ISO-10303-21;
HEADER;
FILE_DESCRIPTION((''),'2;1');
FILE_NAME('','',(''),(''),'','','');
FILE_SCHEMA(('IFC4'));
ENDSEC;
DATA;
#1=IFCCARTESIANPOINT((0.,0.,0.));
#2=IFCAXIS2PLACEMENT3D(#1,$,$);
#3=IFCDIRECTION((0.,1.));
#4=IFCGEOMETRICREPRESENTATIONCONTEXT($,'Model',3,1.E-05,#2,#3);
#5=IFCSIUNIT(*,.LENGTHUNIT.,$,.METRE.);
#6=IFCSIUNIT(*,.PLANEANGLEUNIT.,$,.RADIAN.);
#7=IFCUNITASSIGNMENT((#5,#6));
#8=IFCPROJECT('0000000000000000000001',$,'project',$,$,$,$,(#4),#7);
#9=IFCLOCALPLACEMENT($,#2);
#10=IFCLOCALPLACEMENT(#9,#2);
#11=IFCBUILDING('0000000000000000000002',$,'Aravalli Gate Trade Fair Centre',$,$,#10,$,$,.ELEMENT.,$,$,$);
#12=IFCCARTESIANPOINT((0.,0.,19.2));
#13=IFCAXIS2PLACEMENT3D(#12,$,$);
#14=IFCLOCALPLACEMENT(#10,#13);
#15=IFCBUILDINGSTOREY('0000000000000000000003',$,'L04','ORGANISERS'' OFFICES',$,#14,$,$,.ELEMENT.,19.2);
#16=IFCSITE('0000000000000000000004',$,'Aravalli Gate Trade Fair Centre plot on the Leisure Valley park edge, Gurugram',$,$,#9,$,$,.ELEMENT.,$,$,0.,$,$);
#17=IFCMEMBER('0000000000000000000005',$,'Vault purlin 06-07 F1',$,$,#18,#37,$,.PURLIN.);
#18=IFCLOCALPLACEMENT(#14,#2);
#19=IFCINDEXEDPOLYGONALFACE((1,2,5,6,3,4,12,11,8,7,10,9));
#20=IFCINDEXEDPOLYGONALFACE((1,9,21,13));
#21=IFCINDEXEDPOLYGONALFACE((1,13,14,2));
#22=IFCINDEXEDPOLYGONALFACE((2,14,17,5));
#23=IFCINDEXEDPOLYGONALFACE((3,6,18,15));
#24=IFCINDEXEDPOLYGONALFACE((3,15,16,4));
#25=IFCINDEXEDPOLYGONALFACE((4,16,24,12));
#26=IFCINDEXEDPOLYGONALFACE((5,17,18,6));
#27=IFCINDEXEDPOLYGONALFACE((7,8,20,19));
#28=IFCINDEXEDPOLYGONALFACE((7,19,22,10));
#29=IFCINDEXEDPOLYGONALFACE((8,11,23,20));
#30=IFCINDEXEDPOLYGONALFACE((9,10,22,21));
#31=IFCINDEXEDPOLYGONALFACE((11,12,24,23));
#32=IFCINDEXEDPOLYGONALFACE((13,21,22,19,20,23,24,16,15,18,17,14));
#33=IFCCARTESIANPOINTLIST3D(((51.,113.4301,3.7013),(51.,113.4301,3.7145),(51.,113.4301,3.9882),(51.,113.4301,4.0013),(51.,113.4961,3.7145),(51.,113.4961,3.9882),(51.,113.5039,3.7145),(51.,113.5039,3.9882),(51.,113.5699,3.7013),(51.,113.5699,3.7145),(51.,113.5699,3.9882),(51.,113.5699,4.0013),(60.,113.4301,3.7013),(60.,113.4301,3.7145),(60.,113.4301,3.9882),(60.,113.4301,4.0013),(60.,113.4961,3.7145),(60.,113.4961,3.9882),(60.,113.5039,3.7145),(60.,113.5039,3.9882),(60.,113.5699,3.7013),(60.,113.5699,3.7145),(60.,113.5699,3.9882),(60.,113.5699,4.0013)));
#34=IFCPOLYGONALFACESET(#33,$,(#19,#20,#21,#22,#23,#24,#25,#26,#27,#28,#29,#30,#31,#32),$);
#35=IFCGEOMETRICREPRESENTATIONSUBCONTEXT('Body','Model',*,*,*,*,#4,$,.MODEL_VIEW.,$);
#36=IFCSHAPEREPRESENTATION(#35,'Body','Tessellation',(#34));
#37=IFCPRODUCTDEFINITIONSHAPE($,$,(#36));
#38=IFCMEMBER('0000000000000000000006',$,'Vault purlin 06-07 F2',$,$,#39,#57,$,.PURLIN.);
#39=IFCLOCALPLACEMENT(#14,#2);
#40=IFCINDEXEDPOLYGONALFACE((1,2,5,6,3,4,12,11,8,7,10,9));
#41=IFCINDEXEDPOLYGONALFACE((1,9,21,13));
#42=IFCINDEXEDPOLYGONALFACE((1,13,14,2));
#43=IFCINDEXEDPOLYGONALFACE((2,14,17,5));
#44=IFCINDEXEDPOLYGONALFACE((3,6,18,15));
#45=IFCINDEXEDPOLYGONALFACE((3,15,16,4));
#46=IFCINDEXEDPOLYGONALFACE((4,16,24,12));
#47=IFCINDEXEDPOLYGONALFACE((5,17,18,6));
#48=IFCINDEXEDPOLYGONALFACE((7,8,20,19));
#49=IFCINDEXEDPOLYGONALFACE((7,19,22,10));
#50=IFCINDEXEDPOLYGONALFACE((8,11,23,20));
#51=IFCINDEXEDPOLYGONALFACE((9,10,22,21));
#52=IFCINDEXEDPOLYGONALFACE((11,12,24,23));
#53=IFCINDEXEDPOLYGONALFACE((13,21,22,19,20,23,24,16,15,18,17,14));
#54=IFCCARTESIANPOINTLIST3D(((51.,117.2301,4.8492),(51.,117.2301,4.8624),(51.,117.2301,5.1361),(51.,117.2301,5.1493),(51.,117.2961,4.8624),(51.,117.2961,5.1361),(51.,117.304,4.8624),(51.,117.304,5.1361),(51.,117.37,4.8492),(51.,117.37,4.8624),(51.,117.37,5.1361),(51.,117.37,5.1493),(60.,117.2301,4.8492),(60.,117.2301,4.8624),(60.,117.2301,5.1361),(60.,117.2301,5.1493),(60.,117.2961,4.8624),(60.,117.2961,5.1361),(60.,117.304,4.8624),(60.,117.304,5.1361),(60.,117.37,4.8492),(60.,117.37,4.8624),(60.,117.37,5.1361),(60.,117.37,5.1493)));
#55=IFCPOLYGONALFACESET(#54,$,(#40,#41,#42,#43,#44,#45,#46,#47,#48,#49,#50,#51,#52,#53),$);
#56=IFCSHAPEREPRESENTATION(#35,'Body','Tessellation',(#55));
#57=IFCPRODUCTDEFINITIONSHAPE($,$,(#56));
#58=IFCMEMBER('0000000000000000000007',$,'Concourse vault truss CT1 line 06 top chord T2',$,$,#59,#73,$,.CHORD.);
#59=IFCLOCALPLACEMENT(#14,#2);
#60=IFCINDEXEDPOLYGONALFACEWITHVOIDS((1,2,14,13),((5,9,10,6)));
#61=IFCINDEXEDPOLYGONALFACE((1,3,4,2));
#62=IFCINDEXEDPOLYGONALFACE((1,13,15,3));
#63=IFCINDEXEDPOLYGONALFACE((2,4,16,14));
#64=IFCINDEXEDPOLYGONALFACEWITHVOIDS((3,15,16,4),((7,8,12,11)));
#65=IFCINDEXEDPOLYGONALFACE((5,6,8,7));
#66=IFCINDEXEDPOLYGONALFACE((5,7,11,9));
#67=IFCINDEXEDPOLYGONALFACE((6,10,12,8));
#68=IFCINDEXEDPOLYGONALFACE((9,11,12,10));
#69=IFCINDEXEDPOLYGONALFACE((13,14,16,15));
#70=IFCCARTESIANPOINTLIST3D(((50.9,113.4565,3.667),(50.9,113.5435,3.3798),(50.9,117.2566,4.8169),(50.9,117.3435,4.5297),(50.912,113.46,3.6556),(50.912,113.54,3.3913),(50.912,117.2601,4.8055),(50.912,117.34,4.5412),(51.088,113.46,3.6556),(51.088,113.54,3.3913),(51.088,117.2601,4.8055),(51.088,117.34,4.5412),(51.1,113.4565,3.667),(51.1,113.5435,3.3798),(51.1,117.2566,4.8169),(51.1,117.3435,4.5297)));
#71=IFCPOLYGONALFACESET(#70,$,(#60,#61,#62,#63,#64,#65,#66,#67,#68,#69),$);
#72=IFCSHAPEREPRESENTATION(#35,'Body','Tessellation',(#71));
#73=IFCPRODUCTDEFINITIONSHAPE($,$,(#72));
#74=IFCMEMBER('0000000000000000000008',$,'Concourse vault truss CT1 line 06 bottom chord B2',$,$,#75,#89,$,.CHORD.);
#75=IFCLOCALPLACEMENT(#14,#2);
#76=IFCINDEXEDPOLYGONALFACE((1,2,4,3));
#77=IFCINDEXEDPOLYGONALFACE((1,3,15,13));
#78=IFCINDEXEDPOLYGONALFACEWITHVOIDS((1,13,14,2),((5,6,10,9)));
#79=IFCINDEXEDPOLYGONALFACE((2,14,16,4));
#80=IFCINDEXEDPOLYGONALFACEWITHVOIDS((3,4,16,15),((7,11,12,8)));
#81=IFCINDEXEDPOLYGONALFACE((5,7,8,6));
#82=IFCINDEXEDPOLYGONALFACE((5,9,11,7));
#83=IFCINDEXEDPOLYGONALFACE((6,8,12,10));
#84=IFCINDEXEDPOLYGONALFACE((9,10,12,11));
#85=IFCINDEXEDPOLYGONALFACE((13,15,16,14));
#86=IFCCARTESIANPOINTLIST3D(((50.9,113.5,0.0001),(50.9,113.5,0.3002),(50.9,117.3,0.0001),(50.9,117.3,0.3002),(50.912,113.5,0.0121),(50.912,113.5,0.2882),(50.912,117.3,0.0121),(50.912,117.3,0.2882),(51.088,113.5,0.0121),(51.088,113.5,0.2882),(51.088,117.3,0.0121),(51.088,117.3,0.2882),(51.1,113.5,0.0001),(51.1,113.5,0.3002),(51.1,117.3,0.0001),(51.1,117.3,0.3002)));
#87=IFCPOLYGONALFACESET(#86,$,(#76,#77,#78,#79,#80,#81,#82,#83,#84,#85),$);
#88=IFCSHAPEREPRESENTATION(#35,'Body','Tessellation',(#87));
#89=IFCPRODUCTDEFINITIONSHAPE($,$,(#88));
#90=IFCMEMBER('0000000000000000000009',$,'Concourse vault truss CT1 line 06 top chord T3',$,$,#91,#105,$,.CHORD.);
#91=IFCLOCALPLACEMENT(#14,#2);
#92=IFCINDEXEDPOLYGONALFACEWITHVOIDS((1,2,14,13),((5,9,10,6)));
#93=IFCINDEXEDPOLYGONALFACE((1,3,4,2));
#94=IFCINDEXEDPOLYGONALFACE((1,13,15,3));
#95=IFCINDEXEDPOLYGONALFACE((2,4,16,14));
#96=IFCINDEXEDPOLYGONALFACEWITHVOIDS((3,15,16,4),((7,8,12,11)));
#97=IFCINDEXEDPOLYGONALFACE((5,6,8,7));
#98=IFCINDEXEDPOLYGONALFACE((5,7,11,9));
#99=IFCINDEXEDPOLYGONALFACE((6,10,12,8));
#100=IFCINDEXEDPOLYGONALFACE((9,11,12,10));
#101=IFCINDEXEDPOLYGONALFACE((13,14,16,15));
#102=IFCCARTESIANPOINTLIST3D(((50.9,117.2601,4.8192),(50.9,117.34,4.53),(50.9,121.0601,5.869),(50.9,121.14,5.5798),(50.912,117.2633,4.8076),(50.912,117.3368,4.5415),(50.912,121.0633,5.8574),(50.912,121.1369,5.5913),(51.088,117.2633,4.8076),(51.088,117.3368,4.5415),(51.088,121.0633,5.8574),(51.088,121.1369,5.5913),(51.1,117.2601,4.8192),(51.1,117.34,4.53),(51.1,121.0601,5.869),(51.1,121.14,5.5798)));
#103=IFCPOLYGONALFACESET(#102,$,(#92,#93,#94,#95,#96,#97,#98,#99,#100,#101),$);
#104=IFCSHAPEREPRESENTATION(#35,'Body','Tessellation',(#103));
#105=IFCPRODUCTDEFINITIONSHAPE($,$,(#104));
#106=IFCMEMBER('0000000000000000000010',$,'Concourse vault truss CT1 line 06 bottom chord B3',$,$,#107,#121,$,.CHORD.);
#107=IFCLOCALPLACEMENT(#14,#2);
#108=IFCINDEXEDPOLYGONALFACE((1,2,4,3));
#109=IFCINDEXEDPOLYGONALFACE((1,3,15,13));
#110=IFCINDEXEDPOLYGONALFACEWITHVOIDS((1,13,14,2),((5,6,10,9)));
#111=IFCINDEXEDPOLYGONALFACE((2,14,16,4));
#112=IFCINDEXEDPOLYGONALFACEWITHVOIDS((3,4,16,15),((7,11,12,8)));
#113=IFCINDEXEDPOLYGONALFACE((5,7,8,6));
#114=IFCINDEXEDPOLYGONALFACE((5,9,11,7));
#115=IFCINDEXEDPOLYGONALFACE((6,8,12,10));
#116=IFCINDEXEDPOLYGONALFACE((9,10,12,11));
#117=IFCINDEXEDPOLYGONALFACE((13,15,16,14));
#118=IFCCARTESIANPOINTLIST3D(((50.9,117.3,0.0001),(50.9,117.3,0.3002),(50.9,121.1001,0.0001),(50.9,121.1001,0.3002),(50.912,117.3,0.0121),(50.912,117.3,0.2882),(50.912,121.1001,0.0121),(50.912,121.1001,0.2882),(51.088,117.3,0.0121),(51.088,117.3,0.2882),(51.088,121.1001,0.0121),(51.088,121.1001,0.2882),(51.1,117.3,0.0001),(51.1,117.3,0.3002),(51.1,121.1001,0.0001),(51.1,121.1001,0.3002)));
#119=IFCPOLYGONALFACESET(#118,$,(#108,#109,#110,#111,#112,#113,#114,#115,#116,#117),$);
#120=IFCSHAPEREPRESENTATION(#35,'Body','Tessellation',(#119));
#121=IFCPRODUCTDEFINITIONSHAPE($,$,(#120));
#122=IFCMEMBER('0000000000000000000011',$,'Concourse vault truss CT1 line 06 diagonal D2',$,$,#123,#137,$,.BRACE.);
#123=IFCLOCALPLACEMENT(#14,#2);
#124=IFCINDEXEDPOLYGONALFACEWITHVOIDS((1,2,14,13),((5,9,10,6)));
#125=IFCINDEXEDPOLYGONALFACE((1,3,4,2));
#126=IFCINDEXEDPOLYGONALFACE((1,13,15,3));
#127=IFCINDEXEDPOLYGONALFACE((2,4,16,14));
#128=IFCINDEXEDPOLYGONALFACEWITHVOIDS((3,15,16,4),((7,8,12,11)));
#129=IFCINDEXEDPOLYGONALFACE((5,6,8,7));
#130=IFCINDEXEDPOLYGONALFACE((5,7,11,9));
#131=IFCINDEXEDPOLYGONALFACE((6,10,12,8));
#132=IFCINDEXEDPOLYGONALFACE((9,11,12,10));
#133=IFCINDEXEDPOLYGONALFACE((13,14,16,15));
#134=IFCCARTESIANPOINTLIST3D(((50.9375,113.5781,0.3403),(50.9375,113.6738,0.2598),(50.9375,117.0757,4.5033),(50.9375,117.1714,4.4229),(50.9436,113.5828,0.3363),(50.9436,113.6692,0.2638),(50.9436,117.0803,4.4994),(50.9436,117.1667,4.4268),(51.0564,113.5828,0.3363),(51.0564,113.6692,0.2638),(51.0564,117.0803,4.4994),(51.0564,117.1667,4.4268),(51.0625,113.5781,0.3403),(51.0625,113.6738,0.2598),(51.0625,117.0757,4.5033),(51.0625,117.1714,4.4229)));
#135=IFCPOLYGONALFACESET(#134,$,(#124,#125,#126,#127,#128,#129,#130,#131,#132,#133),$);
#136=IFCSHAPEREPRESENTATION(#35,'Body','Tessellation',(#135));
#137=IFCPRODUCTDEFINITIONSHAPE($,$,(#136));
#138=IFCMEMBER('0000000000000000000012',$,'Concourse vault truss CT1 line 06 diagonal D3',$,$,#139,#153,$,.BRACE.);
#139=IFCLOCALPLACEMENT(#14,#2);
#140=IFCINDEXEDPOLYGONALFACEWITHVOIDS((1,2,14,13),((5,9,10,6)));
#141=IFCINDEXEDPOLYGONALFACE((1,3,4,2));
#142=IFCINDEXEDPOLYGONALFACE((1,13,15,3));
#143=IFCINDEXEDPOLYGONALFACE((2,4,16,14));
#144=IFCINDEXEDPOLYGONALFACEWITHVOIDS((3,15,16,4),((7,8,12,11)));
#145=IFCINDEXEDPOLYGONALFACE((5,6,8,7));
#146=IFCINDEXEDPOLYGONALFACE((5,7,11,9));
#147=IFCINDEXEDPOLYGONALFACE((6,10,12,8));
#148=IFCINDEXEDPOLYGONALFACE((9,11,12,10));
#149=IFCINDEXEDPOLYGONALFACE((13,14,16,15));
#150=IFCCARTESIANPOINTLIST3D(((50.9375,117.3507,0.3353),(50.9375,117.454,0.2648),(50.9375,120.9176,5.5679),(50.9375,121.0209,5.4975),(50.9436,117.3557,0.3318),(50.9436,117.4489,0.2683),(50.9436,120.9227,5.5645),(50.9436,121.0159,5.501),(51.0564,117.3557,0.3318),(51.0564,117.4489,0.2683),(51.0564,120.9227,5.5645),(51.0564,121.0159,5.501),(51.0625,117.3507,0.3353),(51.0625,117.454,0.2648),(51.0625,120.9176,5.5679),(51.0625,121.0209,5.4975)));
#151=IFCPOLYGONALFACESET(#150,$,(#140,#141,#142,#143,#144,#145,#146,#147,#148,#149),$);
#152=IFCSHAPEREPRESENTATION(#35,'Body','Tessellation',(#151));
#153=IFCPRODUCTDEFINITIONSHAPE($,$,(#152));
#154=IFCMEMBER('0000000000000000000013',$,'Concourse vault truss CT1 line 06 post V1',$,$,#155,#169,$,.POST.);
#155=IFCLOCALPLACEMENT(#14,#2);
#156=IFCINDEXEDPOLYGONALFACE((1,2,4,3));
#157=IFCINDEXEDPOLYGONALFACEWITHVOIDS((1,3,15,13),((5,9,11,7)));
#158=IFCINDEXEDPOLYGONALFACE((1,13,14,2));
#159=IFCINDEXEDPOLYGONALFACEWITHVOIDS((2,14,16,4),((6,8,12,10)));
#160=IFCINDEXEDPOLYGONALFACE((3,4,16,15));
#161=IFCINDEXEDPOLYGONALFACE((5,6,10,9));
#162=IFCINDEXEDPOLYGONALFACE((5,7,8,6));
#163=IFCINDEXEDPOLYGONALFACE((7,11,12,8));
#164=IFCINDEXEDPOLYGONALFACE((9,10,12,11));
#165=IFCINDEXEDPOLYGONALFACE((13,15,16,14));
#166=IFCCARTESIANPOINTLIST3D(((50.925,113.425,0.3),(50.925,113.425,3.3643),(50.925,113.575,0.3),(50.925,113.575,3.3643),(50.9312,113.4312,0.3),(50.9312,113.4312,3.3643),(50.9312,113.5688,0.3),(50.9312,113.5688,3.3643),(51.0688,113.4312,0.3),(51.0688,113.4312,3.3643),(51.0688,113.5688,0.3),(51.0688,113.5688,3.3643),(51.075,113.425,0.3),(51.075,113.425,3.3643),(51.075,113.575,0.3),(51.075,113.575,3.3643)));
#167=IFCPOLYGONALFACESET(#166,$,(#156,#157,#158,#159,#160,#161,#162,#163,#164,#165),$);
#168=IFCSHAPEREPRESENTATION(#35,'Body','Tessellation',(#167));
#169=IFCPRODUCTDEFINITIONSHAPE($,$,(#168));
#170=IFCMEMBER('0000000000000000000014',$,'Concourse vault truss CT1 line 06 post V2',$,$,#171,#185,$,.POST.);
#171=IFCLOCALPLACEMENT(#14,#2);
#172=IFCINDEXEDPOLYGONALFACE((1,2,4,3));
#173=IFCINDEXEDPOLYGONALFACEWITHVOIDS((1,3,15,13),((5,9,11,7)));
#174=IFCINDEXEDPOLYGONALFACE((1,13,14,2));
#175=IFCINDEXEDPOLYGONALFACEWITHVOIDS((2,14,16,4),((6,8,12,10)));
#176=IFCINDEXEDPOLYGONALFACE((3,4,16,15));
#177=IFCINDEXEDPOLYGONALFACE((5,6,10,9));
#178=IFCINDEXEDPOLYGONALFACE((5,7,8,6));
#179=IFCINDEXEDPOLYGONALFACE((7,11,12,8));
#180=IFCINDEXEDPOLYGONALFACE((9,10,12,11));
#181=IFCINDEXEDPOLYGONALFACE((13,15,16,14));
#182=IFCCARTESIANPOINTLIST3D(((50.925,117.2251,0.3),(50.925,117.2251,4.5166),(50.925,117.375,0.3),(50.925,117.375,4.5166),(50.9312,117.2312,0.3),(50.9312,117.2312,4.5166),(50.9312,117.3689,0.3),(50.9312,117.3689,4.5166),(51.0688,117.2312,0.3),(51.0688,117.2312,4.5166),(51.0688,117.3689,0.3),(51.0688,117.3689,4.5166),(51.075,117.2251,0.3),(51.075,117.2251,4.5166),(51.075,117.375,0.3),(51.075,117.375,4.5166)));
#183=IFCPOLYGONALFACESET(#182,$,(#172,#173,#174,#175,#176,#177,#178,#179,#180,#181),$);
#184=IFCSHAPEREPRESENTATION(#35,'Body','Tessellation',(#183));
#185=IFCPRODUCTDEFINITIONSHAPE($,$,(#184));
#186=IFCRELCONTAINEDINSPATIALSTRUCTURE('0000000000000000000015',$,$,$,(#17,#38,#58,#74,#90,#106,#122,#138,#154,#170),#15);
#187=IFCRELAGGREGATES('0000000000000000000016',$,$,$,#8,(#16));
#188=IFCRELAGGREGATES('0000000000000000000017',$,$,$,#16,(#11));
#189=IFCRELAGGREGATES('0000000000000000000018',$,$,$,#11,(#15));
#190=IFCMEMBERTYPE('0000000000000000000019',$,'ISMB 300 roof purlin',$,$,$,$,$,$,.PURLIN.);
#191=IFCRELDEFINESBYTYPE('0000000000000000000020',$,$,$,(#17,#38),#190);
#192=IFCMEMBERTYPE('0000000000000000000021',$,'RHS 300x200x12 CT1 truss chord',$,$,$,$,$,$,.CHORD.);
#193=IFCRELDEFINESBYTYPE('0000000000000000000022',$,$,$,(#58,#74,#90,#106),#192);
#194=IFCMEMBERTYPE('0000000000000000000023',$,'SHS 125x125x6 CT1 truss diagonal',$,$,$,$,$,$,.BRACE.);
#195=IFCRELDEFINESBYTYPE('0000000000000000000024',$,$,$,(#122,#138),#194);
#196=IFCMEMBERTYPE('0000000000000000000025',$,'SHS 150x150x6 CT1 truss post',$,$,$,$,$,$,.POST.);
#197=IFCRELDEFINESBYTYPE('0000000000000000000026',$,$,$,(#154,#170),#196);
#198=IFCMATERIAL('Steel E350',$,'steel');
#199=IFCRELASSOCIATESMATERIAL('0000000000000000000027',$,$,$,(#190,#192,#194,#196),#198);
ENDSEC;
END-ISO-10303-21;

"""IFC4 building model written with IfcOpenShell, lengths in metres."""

from ifc_helpers import new_model, si_unit, direction, frame, origin, origin_2d, place, context, subcontext, project, spatial, hollow_rectangle, i_section, extrude, material, material_profile, profile_set, type_object, element, save


model = new_model("IFC4")

# Units and contexts
model_context = context("Model", 3, precision=1e-05, world=origin(), true_north=direction((0.0, 1.0)))
body_context = subcontext(model_context, "Body", "Model", "MODEL_VIEW")
ifc_project = project(units=[si_unit("LENGTHUNIT", "METRE"), si_unit("PLANEANGLEUNIT", "RADIAN")], contexts=[model_context])

# Site, building, storey
site_placement = place(None, origin())
site = spatial("IfcSite", under=ifc_project, at=site_placement, Name="Aravalli Gate Trade Fair Centre plot on the Leisure Valley park edge, Gurugram", CompositionType="ELEMENT", RefElevation=0.0)
building_placement = place(site_placement, origin())
building = spatial("IfcBuilding", under=site, at=building_placement, Name="Aravalli Gate Trade Fair Centre", CompositionType="ELEMENT")
storey_placement = place(building_placement, frame((0.0, 0.0, 19.2)))
storey = spatial("IfcBuildingStorey", under=building, at=storey_placement, Name="L04", Description="ORGANISERS' OFFICES", CompositionType="ELEMENT", Elevation=19.2)

# Members
ifc_material_1 = material(Name="Steel E350", Category="steel")
ifc_material_profile_1 = material_profile(ifc_material_1, i_section(OverallWidth=0.1399, OverallDepth=0.3, WebThickness=0.0078, FlangeThickness=0.0132, at=origin_2d()), Name="ISMB 300")
ifc_profile_set_1 = profile_set([ifc_material_profile_1], Name="Steel E350")
member_type_1 = type_object("IfcMemberType", Name="ISMB 300 roof purlin", PredefinedType="PURLIN", material=ifc_profile_set_1)
for number, where, z_axis, x_axis, name in (
    (1, (51.0, 113.5, 3.8513), (1.0, 0.0, 0.0), (0.0, 1.0, 0.0), "Vault purlin 06-07 F1"),
    (2, (51.0, 117.3, 4.9993), (1.0, 0.0, 0.0), (0.0, 1.0, 0.0), "Vault purlin 06-07 F2"),
):
    element("IfcMember", number, at=place(storey_placement, frame(where, z_axis=z_axis, x_axis=x_axis)), inside=storey, type_object=member_type_1, Name=name, PredefinedType="PURLIN", context=body_context, shape_type="SweptSolid", body=[
        extrude(i_section(OverallWidth=0.1399, OverallDepth=0.3, WebThickness=0.0078, FlangeThickness=0.0132, at=origin_2d()), origin(), (0.0, 0.0, 1.0), 9.0),
    ])
ifc_material_profile_2 = material_profile(ifc_material_1, hollow_rectangle(XDim=0.2, YDim=0.3, WallThickness=0.012, at=origin_2d()), Name="RHS 300x200x12")
ifc_profile_set_2 = profile_set([ifc_material_profile_2], Name="Steel E350")
member_type_2 = type_object("IfcMemberType", Name="RHS 300x200x12 CT1 truss chord", PredefinedType="CHORD", material=ifc_profile_set_2)
member_1_placement = place(storey_placement, frame((51.0, 113.5, 3.5234), z_axis=(0.0, 0.957138, 0.289632), x_axis=(-1.0, 0.0, 0.0)))
element("IfcMember", 3, at=member_1_placement, inside=storey, type_object=member_type_2, Name="Concourse vault truss CT1 line 06 top chord T2", PredefinedType="CHORD", context=body_context, shape_type="SweptSolid", body=[
    extrude(hollow_rectangle(XDim=0.2, YDim=0.3, WallThickness=0.012, at=origin_2d()), origin(), (0.0, 0.0, 1.0), 3.9702),
])
member_2_placement = place(storey_placement, frame((51.0, 113.5, 0.1501), z_axis=(0.0, 1.0, 0.0), x_axis=(-1.0, 0.0, 0.0)))
element("IfcMember", 4, at=member_2_placement, inside=storey, type_object=member_type_2, Name="Concourse vault truss CT1 line 06 bottom chord B2", PredefinedType="CHORD", context=body_context, shape_type="SweptSolid", body=[
    extrude(hollow_rectangle(XDim=0.2, YDim=0.3, WallThickness=0.012, at=origin_2d()), origin(), (0.0, 0.0, 1.0), 3.8),
])
member_3_placement = place(storey_placement, frame((51.0, 117.3, 4.6746), z_axis=(0.0, 0.963894, 0.266286), x_axis=(-1.0, 0.0, 0.0)))
element("IfcMember", 5, at=member_3_placement, inside=storey, type_object=member_type_2, Name="Concourse vault truss CT1 line 06 top chord T3", PredefinedType="CHORD", context=body_context, shape_type="SweptSolid", body=[
    extrude(hollow_rectangle(XDim=0.2, YDim=0.3, WallThickness=0.012, at=origin_2d()), origin(), (0.0, 0.0, 1.0), 3.9424),
])
member_4_placement = place(storey_placement, frame((51.0, 117.3, 0.1501), z_axis=(0.0, 1.0, 0.0), x_axis=(-1.0, 0.0, 0.0)))
element("IfcMember", 6, at=member_4_placement, inside=storey, type_object=member_type_2, Name="Concourse vault truss CT1 line 06 bottom chord B3", PredefinedType="CHORD", context=body_context, shape_type="SweptSolid", body=[
    extrude(hollow_rectangle(XDim=0.2, YDim=0.3, WallThickness=0.012, at=origin_2d()), origin(), (0.0, 0.0, 1.0), 3.8),
])
ifc_material_profile_3 = material_profile(ifc_material_1, hollow_rectangle(XDim=0.125, YDim=0.125, WallThickness=0.0061, at=origin_2d()), Name="SHS 125x125x6")
ifc_profile_set_3 = profile_set([ifc_material_profile_3], Name="Steel E350")
member_type_3 = type_object("IfcMemberType", Name="SHS 125x125x6 CT1 truss diagonal", PredefinedType="BRACE", material=ifc_profile_set_3)
member_5_placement = place(storey_placement, frame((51.0, 113.626, 0.3), z_axis=(0.0, 0.643253, 0.765654), x_axis=(-1.0, 0.0, 0.0)))
element("IfcMember", 7, at=member_5_placement, inside=storey, type_object=member_type_3, Name="Concourse vault truss CT1 line 06 diagonal D2", PredefinedType="BRACE", context=body_context, shape_type="SweptSolid", body=[
    extrude(hollow_rectangle(XDim=0.125, YDim=0.125, WallThickness=0.0061, at=origin_2d()), origin(), (0.0, 0.0, 1.0), 5.4373),
])
member_6_placement = place(storey_placement, frame((51.0, 117.4023, 0.3), z_axis=(0.0, 0.563247, 0.826289), x_axis=(-1.0, 0.0, 0.0)))
element("IfcMember", 8, at=member_6_placement, inside=storey, type_object=member_type_3, Name="Concourse vault truss CT1 line 06 diagonal D3", PredefinedType="BRACE", context=body_context, shape_type="SweptSolid", body=[
    extrude(hollow_rectangle(XDim=0.125, YDim=0.125, WallThickness=0.0061, at=origin_2d()), origin(), (0.0, 0.0, 1.0), 6.3328),
])
ifc_material_profile_4 = material_profile(ifc_material_1, hollow_rectangle(XDim=0.1499, YDim=0.1499, WallThickness=0.0061, at=origin_2d()), Name="SHS 150x150x6")
ifc_profile_set_4 = profile_set([ifc_material_profile_4], Name="Steel E350")
member_type_4 = type_object("IfcMemberType", Name="SHS 150x150x6 CT1 truss post", PredefinedType="POST", material=ifc_profile_set_4)
member_7_placement = place(storey_placement, frame((51.0, 113.5, 0.3), z_axis=(0.0, 0.0, 1.0), x_axis=(1.0, 0.0, 0.0)))
element("IfcMember", 9, at=member_7_placement, inside=storey, type_object=member_type_4, Name="Concourse vault truss CT1 line 06 post V1", PredefinedType="POST", context=body_context, shape_type="SweptSolid", body=[
    extrude(hollow_rectangle(XDim=0.1499, YDim=0.1499, WallThickness=0.0061, at=origin_2d()), origin(), (0.0, 0.0, 1.0), 3.0642),
])
member_8_placement = place(storey_placement, frame((51.0, 117.3, 0.3), z_axis=(0.0, 0.0, 1.0), x_axis=(1.0, 0.0, 0.0)))
element("IfcMember", 10, at=member_8_placement, inside=storey, type_object=member_type_4, Name="Concourse vault truss CT1 line 06 post V2", PredefinedType="POST", context=body_context, shape_type="SweptSolid", body=[
    extrude(hollow_rectangle(XDim=0.1499, YDim=0.1499, WallThickness=0.0061, at=origin_2d()), origin(), (0.0, 0.0, 1.0), 4.2166),
])

save(model, "model.ifc")
